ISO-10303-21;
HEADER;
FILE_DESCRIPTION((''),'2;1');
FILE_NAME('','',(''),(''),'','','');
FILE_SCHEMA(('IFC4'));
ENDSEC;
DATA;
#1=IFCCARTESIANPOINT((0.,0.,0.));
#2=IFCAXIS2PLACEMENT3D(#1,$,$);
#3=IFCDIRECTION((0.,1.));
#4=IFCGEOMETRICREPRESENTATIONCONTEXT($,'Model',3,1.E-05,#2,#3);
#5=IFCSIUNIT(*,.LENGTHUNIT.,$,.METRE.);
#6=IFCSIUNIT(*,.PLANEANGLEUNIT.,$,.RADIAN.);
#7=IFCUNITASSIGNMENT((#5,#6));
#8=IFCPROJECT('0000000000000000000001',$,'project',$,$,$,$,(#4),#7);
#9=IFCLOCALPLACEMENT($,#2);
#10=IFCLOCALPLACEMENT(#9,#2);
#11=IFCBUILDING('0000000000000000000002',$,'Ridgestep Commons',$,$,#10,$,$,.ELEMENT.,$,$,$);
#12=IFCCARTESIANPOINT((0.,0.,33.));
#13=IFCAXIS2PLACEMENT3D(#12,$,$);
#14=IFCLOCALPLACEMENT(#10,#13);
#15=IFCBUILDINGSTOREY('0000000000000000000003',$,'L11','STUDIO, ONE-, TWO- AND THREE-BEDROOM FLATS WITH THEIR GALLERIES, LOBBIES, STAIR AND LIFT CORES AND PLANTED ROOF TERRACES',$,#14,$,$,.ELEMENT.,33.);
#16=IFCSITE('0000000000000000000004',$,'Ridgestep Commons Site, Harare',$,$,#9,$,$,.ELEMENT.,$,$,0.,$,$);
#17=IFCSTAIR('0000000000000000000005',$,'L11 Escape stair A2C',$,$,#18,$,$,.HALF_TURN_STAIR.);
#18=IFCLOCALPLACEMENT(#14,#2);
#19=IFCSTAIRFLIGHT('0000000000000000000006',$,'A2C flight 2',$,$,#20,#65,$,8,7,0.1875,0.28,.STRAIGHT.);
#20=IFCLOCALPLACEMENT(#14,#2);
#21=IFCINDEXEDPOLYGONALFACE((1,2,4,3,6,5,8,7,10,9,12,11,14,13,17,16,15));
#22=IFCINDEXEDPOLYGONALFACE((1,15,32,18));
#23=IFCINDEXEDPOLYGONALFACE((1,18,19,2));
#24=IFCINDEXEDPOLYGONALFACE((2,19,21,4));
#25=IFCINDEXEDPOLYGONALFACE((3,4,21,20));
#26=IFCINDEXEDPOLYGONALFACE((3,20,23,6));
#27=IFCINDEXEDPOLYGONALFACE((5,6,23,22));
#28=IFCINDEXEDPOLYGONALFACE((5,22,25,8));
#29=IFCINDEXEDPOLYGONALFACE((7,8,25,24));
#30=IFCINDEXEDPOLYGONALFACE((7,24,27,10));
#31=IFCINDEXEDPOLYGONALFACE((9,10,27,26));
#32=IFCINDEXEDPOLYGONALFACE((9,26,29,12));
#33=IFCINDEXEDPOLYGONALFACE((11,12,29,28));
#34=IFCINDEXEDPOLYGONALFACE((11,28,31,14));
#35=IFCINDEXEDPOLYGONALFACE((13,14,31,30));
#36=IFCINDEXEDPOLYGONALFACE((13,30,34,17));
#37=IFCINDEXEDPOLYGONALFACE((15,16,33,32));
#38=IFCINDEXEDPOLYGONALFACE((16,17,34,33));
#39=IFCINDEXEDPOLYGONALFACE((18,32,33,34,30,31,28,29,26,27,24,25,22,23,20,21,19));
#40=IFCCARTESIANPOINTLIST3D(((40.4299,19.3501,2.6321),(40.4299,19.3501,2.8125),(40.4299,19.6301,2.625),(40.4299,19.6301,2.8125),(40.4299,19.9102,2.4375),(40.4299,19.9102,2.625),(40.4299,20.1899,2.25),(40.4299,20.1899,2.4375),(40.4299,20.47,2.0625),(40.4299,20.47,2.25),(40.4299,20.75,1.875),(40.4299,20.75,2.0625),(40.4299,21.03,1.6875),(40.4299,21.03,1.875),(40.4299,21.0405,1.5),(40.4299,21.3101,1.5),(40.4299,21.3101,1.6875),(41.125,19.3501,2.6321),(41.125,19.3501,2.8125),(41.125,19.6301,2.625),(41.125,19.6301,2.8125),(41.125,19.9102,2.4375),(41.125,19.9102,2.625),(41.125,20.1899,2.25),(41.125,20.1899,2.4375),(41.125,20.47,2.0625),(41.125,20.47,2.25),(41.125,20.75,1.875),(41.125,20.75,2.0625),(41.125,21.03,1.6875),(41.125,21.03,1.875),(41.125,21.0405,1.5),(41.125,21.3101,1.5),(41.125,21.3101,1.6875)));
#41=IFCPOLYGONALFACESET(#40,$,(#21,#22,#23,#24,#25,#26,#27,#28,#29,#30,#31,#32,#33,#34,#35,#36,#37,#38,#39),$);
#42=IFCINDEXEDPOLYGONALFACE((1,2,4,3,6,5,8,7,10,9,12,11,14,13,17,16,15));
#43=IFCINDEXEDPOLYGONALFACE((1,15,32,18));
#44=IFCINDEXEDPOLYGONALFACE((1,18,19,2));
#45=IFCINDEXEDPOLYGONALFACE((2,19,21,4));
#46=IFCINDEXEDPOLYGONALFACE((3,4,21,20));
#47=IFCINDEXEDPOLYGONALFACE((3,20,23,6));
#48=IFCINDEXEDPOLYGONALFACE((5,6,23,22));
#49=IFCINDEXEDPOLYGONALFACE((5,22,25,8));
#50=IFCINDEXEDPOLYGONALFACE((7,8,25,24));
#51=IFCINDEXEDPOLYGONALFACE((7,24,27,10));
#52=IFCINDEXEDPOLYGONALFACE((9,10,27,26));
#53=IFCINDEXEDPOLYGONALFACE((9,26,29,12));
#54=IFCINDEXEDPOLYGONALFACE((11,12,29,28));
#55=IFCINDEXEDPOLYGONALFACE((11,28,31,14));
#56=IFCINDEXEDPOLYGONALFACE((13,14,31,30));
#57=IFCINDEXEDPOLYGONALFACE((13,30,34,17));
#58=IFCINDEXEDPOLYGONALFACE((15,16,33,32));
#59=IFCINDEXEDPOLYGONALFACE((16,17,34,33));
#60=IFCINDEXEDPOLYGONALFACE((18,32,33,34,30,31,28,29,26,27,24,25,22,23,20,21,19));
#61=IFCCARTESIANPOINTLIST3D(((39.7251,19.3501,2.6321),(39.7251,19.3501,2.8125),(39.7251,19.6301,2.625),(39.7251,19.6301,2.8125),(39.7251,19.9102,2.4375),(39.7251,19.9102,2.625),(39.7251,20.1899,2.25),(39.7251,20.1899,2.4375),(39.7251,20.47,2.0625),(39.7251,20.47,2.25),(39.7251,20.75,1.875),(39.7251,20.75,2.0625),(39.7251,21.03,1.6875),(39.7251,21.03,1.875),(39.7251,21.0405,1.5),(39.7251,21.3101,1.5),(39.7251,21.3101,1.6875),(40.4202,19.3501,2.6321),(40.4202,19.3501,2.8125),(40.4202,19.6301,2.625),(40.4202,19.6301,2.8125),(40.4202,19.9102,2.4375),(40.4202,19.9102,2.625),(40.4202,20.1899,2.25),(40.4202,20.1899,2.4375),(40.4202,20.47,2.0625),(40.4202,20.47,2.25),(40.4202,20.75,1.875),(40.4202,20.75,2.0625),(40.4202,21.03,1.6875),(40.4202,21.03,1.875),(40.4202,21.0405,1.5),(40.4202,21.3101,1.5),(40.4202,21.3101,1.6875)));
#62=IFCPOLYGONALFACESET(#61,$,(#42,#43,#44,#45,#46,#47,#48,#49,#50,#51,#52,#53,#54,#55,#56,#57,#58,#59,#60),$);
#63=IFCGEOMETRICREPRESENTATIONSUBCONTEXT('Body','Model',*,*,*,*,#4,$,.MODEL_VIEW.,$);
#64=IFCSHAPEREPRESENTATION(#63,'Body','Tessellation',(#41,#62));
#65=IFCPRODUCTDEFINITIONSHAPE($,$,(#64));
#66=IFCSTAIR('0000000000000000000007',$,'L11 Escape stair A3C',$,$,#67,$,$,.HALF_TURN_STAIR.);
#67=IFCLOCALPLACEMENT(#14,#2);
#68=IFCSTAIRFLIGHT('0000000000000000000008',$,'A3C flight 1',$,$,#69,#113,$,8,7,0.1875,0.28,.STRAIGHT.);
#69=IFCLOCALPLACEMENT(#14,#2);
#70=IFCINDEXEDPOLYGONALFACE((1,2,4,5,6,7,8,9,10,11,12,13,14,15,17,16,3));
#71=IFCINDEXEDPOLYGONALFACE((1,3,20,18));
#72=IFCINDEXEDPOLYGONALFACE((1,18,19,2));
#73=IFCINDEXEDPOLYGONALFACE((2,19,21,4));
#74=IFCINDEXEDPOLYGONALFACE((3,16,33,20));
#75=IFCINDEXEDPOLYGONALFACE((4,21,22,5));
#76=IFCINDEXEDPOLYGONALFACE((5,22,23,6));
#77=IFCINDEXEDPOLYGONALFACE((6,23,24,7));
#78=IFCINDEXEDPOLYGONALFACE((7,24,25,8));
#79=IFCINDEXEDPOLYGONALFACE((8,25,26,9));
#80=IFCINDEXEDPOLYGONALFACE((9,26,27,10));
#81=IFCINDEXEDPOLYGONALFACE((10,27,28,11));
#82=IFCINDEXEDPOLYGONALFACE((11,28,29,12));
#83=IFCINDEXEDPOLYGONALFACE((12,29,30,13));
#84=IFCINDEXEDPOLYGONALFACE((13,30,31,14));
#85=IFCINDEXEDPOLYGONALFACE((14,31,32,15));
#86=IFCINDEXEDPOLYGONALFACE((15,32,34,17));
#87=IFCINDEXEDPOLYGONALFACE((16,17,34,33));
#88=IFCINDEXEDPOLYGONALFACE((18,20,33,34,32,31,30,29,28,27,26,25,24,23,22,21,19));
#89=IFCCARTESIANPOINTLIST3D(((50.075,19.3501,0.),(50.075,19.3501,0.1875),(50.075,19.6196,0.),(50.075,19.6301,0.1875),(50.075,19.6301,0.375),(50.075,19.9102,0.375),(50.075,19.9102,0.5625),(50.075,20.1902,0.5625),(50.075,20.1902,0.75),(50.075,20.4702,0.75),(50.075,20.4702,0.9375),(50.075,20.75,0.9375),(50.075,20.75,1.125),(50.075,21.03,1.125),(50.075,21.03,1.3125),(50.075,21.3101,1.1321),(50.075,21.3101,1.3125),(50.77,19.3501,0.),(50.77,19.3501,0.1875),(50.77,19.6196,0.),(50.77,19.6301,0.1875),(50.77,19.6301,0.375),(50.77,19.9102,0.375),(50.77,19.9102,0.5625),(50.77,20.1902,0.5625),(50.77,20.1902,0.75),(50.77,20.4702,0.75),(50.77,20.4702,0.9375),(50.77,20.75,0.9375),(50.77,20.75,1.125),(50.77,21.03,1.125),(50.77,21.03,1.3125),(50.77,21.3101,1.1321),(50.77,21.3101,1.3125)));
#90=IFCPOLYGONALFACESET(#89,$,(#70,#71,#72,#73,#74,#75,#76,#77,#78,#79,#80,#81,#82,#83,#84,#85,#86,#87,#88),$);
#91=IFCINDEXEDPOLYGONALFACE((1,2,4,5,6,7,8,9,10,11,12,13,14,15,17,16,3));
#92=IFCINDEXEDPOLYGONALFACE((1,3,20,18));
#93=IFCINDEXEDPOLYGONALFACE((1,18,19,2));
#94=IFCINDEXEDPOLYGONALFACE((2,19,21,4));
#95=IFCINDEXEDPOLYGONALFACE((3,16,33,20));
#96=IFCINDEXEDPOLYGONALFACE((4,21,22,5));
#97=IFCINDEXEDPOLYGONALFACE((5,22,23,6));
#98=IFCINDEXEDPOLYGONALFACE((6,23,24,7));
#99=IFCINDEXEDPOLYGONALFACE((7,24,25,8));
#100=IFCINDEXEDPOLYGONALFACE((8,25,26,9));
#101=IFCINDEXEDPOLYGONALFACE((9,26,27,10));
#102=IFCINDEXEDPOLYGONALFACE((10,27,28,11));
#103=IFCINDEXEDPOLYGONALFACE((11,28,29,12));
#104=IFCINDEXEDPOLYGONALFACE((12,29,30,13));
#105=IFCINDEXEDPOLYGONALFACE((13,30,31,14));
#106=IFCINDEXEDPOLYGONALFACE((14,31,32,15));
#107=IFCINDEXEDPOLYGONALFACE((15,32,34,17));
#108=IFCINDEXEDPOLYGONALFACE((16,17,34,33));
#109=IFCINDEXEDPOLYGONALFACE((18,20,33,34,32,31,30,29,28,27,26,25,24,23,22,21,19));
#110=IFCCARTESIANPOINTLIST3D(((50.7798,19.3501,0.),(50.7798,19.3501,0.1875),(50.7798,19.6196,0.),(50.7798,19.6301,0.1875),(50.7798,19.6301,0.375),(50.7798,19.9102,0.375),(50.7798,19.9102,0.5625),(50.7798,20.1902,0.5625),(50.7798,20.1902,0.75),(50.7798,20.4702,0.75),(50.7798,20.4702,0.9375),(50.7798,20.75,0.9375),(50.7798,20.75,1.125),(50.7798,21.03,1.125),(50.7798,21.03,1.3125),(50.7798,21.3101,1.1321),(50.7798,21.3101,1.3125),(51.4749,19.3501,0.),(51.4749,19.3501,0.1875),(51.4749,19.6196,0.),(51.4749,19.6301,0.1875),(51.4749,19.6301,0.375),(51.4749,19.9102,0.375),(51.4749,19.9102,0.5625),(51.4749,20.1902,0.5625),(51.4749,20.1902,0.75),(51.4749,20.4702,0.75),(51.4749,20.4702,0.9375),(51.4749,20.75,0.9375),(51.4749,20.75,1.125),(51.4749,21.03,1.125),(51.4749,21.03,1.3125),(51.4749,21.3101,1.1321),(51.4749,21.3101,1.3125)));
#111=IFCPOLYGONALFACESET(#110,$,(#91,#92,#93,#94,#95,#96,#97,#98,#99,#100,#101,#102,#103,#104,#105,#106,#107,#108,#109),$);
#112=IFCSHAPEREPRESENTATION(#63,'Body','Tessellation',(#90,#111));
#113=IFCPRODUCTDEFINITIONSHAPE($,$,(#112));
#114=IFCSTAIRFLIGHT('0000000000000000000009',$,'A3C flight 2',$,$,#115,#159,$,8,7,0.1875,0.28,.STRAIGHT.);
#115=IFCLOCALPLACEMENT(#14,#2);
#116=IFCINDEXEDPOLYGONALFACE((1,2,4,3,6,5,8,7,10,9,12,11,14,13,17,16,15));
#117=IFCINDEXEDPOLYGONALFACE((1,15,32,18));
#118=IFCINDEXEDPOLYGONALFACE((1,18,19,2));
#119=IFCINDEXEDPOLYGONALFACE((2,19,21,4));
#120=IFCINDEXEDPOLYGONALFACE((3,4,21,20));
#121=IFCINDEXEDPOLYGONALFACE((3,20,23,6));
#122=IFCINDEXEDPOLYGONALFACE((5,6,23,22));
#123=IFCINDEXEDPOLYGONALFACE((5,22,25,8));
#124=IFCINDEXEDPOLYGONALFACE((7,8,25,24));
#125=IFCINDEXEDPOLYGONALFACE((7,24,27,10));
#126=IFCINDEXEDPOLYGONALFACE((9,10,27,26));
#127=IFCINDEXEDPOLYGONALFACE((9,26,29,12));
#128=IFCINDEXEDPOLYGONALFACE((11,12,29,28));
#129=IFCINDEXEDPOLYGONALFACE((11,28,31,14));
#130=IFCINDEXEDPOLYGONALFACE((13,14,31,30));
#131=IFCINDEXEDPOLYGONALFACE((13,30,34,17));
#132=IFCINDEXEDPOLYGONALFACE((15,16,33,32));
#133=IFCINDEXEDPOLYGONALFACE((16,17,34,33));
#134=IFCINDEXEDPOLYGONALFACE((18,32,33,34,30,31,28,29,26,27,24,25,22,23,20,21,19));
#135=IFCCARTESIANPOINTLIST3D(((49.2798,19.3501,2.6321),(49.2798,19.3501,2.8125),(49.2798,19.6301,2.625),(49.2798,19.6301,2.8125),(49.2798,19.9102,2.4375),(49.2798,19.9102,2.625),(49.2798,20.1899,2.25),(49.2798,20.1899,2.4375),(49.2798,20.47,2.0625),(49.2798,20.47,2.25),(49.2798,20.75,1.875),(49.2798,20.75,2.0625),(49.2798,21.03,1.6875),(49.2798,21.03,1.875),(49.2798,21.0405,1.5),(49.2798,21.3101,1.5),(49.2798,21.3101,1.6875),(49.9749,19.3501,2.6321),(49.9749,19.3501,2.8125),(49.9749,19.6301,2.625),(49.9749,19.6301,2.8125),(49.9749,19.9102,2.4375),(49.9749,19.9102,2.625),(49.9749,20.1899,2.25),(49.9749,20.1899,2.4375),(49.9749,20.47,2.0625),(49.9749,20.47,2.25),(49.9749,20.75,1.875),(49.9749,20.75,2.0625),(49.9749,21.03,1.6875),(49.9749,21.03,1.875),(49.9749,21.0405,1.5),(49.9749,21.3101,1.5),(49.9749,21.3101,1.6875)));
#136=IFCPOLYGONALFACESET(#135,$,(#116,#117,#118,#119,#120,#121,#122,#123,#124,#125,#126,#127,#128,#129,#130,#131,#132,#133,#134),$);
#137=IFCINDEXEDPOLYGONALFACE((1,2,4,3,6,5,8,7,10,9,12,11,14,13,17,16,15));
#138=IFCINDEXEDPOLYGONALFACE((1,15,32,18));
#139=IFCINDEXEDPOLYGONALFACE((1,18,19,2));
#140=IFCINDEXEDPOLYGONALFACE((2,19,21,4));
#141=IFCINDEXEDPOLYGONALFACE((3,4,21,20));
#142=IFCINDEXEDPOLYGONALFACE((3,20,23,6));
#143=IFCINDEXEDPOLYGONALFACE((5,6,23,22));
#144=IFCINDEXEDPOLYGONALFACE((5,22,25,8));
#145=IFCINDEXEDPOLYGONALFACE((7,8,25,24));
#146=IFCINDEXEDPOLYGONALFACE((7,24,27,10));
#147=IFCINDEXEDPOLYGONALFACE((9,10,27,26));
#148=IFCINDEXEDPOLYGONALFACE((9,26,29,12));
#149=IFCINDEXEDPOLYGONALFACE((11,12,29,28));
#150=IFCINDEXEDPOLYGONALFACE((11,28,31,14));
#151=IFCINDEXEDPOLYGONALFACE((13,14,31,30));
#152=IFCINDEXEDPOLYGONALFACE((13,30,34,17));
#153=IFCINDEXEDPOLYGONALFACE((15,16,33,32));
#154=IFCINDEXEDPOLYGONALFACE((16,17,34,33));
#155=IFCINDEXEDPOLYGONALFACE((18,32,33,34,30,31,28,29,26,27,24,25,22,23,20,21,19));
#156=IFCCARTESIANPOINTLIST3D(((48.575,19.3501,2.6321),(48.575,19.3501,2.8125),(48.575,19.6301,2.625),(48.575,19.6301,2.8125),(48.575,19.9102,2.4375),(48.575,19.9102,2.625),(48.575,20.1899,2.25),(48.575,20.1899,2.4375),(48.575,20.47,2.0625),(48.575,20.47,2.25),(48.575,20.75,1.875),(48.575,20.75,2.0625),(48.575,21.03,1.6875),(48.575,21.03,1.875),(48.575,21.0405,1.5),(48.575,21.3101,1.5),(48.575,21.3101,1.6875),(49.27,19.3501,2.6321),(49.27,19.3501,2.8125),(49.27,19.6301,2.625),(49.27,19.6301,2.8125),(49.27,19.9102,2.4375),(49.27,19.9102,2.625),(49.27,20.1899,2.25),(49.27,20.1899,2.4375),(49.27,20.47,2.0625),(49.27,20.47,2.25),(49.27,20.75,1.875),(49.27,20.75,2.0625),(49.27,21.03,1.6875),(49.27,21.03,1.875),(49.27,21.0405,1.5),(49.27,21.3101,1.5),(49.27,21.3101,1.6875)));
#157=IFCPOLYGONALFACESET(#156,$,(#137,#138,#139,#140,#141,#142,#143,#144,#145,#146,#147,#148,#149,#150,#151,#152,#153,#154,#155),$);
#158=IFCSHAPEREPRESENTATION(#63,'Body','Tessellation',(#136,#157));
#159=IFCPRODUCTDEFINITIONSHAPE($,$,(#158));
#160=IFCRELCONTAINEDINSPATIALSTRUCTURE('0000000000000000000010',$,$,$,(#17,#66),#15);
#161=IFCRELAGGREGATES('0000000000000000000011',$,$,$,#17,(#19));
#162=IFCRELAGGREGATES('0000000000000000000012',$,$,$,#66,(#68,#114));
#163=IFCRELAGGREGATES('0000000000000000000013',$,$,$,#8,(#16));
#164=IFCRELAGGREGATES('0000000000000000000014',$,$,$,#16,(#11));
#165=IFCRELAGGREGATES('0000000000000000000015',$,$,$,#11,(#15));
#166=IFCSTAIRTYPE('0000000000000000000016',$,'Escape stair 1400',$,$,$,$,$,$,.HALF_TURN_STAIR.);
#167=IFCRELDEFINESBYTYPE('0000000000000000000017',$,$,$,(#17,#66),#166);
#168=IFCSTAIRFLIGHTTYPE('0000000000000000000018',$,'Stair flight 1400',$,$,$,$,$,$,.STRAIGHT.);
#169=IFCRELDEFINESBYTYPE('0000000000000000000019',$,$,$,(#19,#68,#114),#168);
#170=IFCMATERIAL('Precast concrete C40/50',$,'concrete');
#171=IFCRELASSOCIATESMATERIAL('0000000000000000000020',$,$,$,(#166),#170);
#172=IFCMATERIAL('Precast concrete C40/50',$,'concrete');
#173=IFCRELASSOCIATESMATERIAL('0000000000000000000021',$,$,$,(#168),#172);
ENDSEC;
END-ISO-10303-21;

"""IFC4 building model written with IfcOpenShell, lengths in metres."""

from ifc_helpers import new_model, si_unit, direction, frame, origin, place, context, subcontext, project, spatial, polyline, outline, extrude, material, type_object, element, aggregate, save


model = new_model("IFC4")

# Units and contexts
model_context = context("Model", 3, precision=1e-05, world=origin(), true_north=direction((0.0, 1.0)))
body_context = subcontext(model_context, "Body", "Model", "MODEL_VIEW")
ifc_project = project(units=[si_unit("LENGTHUNIT", "METRE"), si_unit("PLANEANGLEUNIT", "RADIAN")], contexts=[model_context])

# Site, building, storey
site_placement = place(None, origin())
site = spatial("IfcSite", under=ifc_project, at=site_placement, Name="Ridgestep Commons Site, Harare", CompositionType="ELEMENT", RefElevation=0.0)
building_placement = place(site_placement, origin())
building = spatial("IfcBuilding", under=site, at=building_placement, Name="Ridgestep Commons", CompositionType="ELEMENT")
storey_placement = place(building_placement, frame((0.0, 0.0, 33.0)))
storey = spatial("IfcBuildingStorey", under=building, at=storey_placement, Name="L11", Description="STUDIO, ONE-, TWO- AND THREE-BEDROOM FLATS WITH THEIR GALLERIES, LOBBIES, STAIR AND LIFT CORES AND PLANTED ROOF TERRACES", CompositionType="ELEMENT", Elevation=33.0)

# Stairs, stair flights
ifc_material_1 = material(Name="Precast concrete C40/50", Category="concrete")
stair_type = type_object("IfcStairType", Name="Escape stair 1400", PredefinedType="HALF_TURN_STAIR", material=ifc_material_1)
stair_1_placement = place(storey_placement, origin())
stair_1 = element("IfcStair", 1, at=stair_1_placement, inside=storey, type_object=stair_type, Name="L11 Escape stair A2C", PredefinedType="HALF_TURN_STAIR")
ifc_material_2 = material(Name="Precast concrete C40/50", Category="concrete")
stair_flight_type = type_object("IfcStairFlightType", Name="Stair flight 1400", PredefinedType="STRAIGHT", material=ifc_material_2)
stair_flight_1_placement = place(storey_placement, frame((40.425, 21.3101, 1.5), z_axis=(0.0, 0.0, 1.0), x_axis=(0.0, -1.0, 0.0)))
stair_flight_1 = element("IfcStairFlight", 2, at=stair_flight_1_placement, type_object=stair_flight_type, Name="A2C flight 2", NumberOfRisers=8, NumberOfTreads=7, PredefinedType="STRAIGHT", RiserHeight=0.1875, TreadLength=0.28, context=body_context, shape_type="SweptSolid", body=[
    extrude(outline(polyline([(0.0, 0.0), (0.0, 0.1875), (0.28, 0.1875), (0.28, 0.375), (0.5601, 0.375), (0.5601, 0.5625), (0.8401, 0.5625), (0.8401, 0.75), (1.1201, 0.75), (1.1201, 0.9375), (1.3999, 0.9375), (1.3999, 1.125), (1.6799, 1.125), (1.6799, 1.3125), (1.96, 1.3125), (1.96, 1.5), (1.96, 1.1321), (0.2695, 0.0), (0.0, 0.0)])), frame((0.0, 0.7, 0.0), z_axis=(0.0, -1.0, 0.0), x_axis=(1.0, 0.0, 0.0)), (0.0, 0.0, 1.0), 0.6951),
    extrude(outline(polyline([(0.0, 0.0), (0.0, 0.1875), (0.28, 0.1875), (0.28, 0.375), (0.5601, 0.375), (0.5601, 0.5625), (0.8401, 0.5625), (0.8401, 0.75), (1.1201, 0.75), (1.1201, 0.9375), (1.3999, 0.9375), (1.3999, 1.125), (1.6799, 1.125), (1.6799, 1.3125), (1.96, 1.3125), (1.96, 1.5), (1.96, 1.1321), (0.2695, 0.0), (0.0, 0.0)])), frame((0.0, -0.0049, 0.0), z_axis=(0.0, -1.0, 0.0), x_axis=(1.0, 0.0, 0.0)), (0.0, 0.0, 1.0), 0.6951),
])
aggregate(stair_1, [stair_flight_1])
stair_2_placement = place(storey_placement, origin())
stair_2 = element("IfcStair", 3, at=stair_2_placement, inside=storey, type_object=stair_type, Name="L11 Escape stair A3C", PredefinedType="HALF_TURN_STAIR")
stair_flight_2_placement = place(storey_placement, frame((50.7749, 19.3501, 0.0), z_axis=(0.0, 0.0, 1.0), x_axis=(0.0, 1.0, 0.0)))
stair_flight_2 = element("IfcStairFlight", 4, at=stair_flight_2_placement, type_object=stair_flight_type, Name="A3C flight 1", NumberOfRisers=8, NumberOfTreads=7, PredefinedType="STRAIGHT", RiserHeight=0.1875, TreadLength=0.28, context=body_context, shape_type="SweptSolid", body=[
    extrude(outline(polyline([(0.0, 0.0), (0.0, 0.1875), (0.28, 0.1875), (0.28, 0.375), (0.5601, 0.375), (0.5601, 0.5625), (0.8401, 0.5625), (0.8401, 0.75), (1.1201, 0.75), (1.1201, 0.9375), (1.3999, 0.9375), (1.3999, 1.125), (1.6799, 1.125), (1.6799, 1.3125), (1.96, 1.3125), (1.96, 1.5), (1.96, 1.1321), (0.2695, 0.0), (0.0, 0.0)])), frame((0.0, 0.7, 0.0), z_axis=(0.0, -1.0, 0.0), x_axis=(1.0, 0.0, 0.0)), (0.0, 0.0, 1.0), 0.6951),
    extrude(outline(polyline([(0.0, 0.0), (0.0, 0.1875), (0.28, 0.1875), (0.28, 0.375), (0.5601, 0.375), (0.5601, 0.5625), (0.8401, 0.5625), (0.8401, 0.75), (1.1201, 0.75), (1.1201, 0.9375), (1.3999, 0.9375), (1.3999, 1.125), (1.6799, 1.125), (1.6799, 1.3125), (1.96, 1.3125), (1.96, 1.5), (1.96, 1.1321), (0.2695, 0.0), (0.0, 0.0)])), frame((0.0, -0.0049, 0.0), z_axis=(0.0, -1.0, 0.0), x_axis=(1.0, 0.0, 0.0)), (0.0, 0.0, 1.0), 0.6951),
])
stair_flight_3_placement = place(storey_placement, frame((49.2749, 21.3101, 1.5), z_axis=(0.0, 0.0, 1.0), x_axis=(0.0, -1.0, 0.0)))
stair_flight_3 = element("IfcStairFlight", 5, at=stair_flight_3_placement, type_object=stair_flight_type, Name="A3C flight 2", NumberOfRisers=8, NumberOfTreads=7, PredefinedType="STRAIGHT", RiserHeight=0.1875, TreadLength=0.28, context=body_context, shape_type="SweptSolid", body=[
    extrude(outline(polyline([(0.0, 0.0), (0.0, 0.1875), (0.28, 0.1875), (0.28, 0.375), (0.5601, 0.375), (0.5601, 0.5625), (0.8401, 0.5625), (0.8401, 0.75), (1.1201, 0.75), (1.1201, 0.9375), (1.3999, 0.9375), (1.3999, 1.125), (1.6799, 1.125), (1.6799, 1.3125), (1.96, 1.3125), (1.96, 1.5), (1.96, 1.1321), (0.2695, 0.0), (0.0, 0.0)])), frame((0.0, 0.7, 0.0), z_axis=(0.0, -1.0, 0.0), x_axis=(1.0, 0.0, 0.0)), (0.0, 0.0, 1.0), 0.6951),
    extrude(outline(polyline([(0.0, 0.0), (0.0, 0.1875), (0.28, 0.1875), (0.28, 0.375), (0.5601, 0.375), (0.5601, 0.5625), (0.8401, 0.5625), (0.8401, 0.75), (1.1201, 0.75), (1.1201, 0.9375), (1.3999, 0.9375), (1.3999, 1.125), (1.6799, 1.125), (1.6799, 1.3125), (1.96, 1.3125), (1.96, 1.5), (1.96, 1.1321), (0.2695, 0.0), (0.0, 0.0)])), frame((0.0, -0.0049, 0.0), z_axis=(0.0, -1.0, 0.0), x_axis=(1.0, 0.0, 0.0)), (0.0, 0.0, 1.0), 0.6951),
])
aggregate(stair_2, [stair_flight_2, stair_flight_3])

save(model, "model.ifc")
